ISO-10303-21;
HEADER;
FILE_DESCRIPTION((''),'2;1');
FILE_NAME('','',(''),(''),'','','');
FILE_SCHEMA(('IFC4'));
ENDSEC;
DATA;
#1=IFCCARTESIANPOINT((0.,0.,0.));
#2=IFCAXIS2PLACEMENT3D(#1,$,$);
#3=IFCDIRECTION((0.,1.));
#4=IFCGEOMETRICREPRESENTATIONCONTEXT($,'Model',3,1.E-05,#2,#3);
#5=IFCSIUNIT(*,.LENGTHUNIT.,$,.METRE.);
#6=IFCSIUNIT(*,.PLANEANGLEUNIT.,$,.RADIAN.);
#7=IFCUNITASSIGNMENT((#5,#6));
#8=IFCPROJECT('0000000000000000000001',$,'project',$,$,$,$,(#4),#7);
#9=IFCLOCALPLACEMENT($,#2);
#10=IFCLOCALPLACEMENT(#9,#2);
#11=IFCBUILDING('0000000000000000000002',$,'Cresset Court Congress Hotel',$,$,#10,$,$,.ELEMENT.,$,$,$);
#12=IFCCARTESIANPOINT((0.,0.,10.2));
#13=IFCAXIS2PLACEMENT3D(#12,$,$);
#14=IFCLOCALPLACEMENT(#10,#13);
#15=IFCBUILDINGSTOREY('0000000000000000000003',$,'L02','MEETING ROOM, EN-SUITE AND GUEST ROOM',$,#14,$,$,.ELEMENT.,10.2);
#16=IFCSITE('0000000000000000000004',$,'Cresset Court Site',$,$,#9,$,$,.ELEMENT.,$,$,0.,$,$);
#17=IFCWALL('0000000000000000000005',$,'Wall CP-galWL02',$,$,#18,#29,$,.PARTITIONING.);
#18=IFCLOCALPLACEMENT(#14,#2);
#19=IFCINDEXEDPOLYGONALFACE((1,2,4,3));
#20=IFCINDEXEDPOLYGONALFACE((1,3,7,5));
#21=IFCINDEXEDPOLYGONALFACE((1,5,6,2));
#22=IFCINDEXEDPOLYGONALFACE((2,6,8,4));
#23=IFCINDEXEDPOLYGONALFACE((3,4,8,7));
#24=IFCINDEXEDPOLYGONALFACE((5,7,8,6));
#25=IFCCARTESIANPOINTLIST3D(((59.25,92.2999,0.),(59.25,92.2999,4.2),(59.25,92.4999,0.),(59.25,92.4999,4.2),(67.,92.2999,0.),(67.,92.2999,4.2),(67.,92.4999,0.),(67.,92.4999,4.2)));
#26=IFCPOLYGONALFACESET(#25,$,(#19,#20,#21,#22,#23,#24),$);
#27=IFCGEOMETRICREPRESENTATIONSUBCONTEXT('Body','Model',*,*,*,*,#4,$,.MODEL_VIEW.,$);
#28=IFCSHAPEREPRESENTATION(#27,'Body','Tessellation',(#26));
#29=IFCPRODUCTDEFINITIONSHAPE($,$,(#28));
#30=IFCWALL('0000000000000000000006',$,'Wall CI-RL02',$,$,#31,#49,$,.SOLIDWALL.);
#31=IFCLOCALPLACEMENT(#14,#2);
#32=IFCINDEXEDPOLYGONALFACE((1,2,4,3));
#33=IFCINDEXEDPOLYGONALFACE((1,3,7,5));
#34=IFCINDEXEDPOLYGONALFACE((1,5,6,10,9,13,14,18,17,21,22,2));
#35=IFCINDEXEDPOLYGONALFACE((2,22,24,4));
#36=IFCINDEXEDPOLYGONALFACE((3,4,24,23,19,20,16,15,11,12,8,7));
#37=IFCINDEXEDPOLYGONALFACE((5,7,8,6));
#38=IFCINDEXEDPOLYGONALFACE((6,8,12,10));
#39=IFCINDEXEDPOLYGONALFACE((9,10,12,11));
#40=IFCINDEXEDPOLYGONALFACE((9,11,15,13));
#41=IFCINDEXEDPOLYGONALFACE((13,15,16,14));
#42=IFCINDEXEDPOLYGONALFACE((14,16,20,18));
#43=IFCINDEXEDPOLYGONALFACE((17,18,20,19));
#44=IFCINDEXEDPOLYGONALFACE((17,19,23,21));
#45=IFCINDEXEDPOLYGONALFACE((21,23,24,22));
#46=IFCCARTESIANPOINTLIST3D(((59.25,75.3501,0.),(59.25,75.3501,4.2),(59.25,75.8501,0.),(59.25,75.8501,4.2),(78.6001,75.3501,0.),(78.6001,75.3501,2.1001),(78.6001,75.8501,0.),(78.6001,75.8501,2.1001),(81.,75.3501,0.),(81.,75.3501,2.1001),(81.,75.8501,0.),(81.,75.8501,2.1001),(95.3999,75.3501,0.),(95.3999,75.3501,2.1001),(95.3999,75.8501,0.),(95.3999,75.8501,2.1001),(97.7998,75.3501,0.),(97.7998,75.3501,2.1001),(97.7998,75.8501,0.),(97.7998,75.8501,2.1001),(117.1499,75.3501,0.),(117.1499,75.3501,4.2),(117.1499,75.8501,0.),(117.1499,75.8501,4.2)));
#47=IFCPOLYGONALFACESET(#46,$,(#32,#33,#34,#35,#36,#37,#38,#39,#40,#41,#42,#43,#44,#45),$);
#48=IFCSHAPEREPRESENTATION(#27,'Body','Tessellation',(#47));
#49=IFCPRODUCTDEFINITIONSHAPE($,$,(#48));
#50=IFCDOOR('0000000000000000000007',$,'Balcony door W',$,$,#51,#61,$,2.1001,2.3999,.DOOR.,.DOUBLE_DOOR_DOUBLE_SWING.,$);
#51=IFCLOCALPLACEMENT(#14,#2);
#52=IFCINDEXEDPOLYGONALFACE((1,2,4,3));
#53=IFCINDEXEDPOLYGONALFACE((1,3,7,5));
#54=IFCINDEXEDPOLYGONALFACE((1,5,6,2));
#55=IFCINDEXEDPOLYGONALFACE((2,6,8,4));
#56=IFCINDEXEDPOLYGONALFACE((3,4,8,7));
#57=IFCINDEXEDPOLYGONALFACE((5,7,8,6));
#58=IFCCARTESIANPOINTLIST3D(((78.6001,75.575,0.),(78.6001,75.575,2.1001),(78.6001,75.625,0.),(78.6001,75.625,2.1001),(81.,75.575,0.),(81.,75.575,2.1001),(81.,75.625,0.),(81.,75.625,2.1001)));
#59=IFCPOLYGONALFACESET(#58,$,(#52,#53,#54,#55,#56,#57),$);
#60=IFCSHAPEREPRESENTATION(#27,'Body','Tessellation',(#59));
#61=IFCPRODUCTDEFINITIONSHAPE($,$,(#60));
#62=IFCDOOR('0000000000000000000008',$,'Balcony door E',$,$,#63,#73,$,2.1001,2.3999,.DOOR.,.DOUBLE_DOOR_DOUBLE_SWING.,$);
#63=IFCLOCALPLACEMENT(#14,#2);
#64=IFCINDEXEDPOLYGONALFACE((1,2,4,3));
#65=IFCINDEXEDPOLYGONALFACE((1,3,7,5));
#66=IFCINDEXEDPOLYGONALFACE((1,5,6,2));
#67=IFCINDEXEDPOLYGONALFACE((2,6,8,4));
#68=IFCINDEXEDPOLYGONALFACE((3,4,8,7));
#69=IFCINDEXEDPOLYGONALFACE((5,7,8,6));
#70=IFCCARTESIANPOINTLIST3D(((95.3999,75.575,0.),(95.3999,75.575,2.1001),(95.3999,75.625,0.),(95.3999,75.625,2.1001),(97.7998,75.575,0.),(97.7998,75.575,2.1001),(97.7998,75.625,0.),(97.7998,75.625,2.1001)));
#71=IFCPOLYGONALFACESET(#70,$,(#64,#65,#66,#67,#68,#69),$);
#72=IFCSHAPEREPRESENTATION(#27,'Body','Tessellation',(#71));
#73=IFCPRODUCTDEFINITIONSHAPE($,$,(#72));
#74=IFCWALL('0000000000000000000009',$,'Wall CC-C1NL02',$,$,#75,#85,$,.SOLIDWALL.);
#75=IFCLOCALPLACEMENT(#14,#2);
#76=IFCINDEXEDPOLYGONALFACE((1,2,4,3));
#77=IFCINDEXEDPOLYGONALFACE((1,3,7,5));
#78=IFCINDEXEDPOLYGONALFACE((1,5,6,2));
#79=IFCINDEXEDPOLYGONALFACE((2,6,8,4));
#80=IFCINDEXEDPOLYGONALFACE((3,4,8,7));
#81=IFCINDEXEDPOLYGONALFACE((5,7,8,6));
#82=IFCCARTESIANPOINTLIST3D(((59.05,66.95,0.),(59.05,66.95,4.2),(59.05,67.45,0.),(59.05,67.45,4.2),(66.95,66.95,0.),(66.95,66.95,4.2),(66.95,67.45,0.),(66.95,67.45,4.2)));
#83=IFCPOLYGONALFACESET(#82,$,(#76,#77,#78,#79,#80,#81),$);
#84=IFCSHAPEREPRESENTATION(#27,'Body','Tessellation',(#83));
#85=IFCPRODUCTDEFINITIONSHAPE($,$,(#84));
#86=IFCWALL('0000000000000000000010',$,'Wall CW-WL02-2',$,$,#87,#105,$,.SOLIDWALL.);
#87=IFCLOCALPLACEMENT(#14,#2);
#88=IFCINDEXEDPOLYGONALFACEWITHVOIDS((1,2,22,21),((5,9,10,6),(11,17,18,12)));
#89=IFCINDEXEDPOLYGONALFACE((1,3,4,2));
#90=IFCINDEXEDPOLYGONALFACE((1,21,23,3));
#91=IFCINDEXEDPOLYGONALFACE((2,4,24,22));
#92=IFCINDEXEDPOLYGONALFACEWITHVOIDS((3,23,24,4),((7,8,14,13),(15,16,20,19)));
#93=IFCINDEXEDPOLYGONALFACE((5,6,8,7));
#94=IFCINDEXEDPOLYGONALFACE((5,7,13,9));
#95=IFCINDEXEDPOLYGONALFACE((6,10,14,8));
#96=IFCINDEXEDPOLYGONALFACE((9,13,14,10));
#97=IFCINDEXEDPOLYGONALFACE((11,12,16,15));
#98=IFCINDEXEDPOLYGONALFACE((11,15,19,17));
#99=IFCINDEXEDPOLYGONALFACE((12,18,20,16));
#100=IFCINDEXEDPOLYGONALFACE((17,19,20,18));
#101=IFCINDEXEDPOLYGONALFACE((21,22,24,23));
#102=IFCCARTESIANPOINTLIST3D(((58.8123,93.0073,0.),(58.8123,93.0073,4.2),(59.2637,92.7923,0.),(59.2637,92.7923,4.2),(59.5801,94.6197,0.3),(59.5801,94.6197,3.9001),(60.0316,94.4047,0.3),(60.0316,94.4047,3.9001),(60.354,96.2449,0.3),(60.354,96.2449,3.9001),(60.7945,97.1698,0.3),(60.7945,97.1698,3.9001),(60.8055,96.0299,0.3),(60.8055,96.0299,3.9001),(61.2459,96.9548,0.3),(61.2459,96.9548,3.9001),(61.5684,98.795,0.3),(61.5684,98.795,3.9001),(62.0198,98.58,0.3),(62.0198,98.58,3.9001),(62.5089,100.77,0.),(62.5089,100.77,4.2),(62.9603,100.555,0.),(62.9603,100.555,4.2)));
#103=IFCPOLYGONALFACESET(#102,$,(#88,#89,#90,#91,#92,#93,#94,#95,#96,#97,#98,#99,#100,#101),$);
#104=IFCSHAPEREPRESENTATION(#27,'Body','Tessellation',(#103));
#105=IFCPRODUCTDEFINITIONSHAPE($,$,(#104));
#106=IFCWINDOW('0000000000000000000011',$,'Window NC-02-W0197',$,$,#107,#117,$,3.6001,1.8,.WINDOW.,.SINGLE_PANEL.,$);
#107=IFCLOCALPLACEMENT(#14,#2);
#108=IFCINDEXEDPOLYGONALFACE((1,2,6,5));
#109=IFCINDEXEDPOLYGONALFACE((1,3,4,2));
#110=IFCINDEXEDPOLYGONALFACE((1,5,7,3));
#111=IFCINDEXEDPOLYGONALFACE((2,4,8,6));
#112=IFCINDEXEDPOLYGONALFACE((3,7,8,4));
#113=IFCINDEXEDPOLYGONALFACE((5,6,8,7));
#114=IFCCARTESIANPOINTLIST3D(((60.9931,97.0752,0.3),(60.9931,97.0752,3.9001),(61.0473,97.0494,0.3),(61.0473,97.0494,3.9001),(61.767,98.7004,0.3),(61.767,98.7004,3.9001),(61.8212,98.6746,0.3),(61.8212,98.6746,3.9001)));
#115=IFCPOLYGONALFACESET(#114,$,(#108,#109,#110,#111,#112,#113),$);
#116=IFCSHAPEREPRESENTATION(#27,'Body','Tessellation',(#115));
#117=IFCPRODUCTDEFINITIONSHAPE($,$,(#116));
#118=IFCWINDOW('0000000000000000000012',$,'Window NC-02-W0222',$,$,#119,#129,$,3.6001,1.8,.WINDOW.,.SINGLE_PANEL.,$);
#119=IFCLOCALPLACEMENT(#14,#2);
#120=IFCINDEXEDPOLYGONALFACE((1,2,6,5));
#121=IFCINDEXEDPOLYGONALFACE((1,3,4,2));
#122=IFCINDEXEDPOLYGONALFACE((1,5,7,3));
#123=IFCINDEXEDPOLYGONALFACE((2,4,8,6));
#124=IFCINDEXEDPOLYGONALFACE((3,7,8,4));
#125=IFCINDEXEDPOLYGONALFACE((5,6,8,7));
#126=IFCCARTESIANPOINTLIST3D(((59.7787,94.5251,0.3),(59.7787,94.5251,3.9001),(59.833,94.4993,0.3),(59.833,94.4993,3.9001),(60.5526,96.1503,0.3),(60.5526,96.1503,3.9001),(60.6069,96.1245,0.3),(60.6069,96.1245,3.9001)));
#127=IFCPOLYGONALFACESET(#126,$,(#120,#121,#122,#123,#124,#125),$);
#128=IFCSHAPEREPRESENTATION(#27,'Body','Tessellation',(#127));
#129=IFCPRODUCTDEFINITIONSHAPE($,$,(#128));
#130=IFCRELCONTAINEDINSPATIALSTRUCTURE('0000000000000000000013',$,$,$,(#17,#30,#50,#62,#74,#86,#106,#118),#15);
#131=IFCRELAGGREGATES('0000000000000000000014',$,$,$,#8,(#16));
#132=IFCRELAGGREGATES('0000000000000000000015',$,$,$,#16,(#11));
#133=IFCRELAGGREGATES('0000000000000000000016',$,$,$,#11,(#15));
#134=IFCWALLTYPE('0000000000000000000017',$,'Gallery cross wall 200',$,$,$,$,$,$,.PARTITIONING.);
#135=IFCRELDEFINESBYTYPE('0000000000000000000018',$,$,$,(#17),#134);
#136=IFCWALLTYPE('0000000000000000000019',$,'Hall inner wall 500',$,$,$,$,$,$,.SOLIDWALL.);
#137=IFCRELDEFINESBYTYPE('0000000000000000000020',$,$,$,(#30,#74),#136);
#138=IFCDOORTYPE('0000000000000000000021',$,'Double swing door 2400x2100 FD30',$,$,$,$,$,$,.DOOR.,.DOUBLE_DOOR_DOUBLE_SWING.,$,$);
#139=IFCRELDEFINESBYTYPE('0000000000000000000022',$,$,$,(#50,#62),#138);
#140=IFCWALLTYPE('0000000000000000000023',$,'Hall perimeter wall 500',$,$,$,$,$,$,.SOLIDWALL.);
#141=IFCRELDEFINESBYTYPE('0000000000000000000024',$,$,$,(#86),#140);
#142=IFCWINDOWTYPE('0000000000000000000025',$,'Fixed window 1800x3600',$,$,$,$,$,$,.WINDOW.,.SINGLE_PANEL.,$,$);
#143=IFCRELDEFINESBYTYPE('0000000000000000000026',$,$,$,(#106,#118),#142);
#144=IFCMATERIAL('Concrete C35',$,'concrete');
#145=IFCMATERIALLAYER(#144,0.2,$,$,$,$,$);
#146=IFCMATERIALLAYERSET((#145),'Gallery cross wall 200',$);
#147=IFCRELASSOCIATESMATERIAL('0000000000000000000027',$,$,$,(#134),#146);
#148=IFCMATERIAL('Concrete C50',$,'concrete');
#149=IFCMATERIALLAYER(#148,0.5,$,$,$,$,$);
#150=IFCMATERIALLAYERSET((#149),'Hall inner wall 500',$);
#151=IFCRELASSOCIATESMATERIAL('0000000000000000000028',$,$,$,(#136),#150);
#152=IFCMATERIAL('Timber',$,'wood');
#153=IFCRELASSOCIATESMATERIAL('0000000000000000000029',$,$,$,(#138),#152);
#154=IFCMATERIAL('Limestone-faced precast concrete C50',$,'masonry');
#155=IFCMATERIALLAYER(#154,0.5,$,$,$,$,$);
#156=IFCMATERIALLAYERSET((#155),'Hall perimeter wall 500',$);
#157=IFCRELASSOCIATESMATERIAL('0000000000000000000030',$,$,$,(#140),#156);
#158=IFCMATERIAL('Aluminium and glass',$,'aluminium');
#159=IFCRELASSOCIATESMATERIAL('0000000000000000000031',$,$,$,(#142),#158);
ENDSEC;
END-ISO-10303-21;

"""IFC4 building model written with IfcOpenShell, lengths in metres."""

from ifc_helpers import new_model, si_unit, direction, frame, frame_2d, origin, place, context, subcontext, project, spatial, rectangle, extrude, material, layer, layer_set, type_object, element, fill, save


model = new_model("IFC4")

# Units and contexts
model_context = context("Model", 3, precision=1e-05, world=origin(), true_north=direction((0.0, 1.0)))
body_context = subcontext(model_context, "Body", "Model", "MODEL_VIEW")
ifc_project = project(units=[si_unit("LENGTHUNIT", "METRE"), si_unit("PLANEANGLEUNIT", "RADIAN")], contexts=[model_context])

# Site, building, storey
site_placement = place(None, origin())
site = spatial("IfcSite", under=ifc_project, at=site_placement, Name="Cresset Court Site", CompositionType="ELEMENT", RefElevation=0.0)
building_placement = place(site_placement, origin())
building = spatial("IfcBuilding", under=site, at=building_placement, Name="Cresset Court Congress Hotel", CompositionType="ELEMENT")
storey_placement = place(building_placement, frame((0.0, 0.0, 10.2)))
storey = spatial("IfcBuildingStorey", under=building, at=storey_placement, Name="L02", Description="MEETING ROOM, EN-SUITE AND GUEST ROOM", CompositionType="ELEMENT", Elevation=10.2)

# Wall
ifc_material_1 = material(Name="Concrete C35", Category="concrete")
ifc_layer_1 = layer(ifc_material_1, 0.2)
ifc_layer_set_1 = layer_set([ifc_layer_1], Name="Gallery cross wall 200")
wall_type_1 = type_object("IfcWallType", Name="Gallery cross wall 200", PredefinedType="PARTITIONING", material=ifc_layer_set_1)
wall_1_placement = place(storey_placement, frame((59.25, 92.3999, 0.0), z_axis=(0.0, 0.0, 1.0), x_axis=(1.0, 0.0, 0.0)))
element("IfcWall", 1, at=wall_1_placement, inside=storey, type_object=wall_type_1, Name="Wall CP-galWL02", PredefinedType="PARTITIONING", context=body_context, shape_type="SweptSolid", body=[
    extrude(rectangle(XDim=7.75, YDim=0.2, at=frame_2d((3.875, 0.0))), origin(), (0.0, 0.0, 1.0), 4.2),
])

# Wall, openings, doors
ifc_material_2 = material(Name="Concrete C50", Category="concrete")
ifc_layer_2 = layer(ifc_material_2, 0.5)
ifc_layer_set_2 = layer_set([ifc_layer_2], Name="Hall inner wall 500")
wall_type_2 = type_object("IfcWallType", Name="Hall inner wall 500", PredefinedType="SOLIDWALL", material=ifc_layer_set_2)
wall_2_placement = place(storey_placement, frame((59.25, 75.6001, 0.0), z_axis=(0.0, 0.0, 1.0), x_axis=(1.0, 0.0, 0.0)))
wall_2 = element("IfcWall", 2, at=wall_2_placement, inside=storey, type_object=wall_type_2, Name="Wall CI-RL02", PredefinedType="SOLIDWALL", context=body_context, shape_type="SweptSolid", body=[
    extrude(rectangle(XDim=57.8999, YDim=0.5, at=frame_2d((28.95, 0.0))), origin(), (0.0, 0.0, 1.0), 4.2),
])
opening_1_placement = place(wall_2_placement, frame((19.3501, 0.0, 0.0)))
opening_1 = element("IfcOpeningElement", 3, at=opening_1_placement, cuts=wall_2, PredefinedType="OPENING", context=body_context, shape_type="SweptSolid", body=[
    extrude(rectangle(XDim=2.3999, YDim=2.1001, at=frame_2d((1.2, 1.05))), frame((0.0, 0.26, 0.0), z_axis=(0.0, -1.0, 0.0), x_axis=(1.0, 0.0, 0.0)), (0.0, 0.0, 1.0), 0.52),
])
opening_2_placement = place(wall_2_placement, frame((36.1499, 0.0, 0.0)))
opening_2 = element("IfcOpeningElement", 4, at=opening_2_placement, cuts=wall_2, PredefinedType="OPENING", context=body_context, shape_type="SweptSolid", body=[
    extrude(rectangle(XDim=2.3999, YDim=2.1001, at=frame_2d((1.2, 1.05))), frame((0.0, 0.26, 0.0), z_axis=(0.0, -1.0, 0.0), x_axis=(1.0, 0.0, 0.0)), (0.0, 0.0, 1.0), 0.52),
])
ifc_material_3 = material(Name="Timber", Category="wood")
door_type = type_object("IfcDoorType", Name="Double swing door 2400x2100 FD30", OperationType="DOUBLE_DOOR_DOUBLE_SWING", PredefinedType="DOOR", material=ifc_material_3)
door_1_placement = place(opening_1_placement, origin())
door_1 = element("IfcDoor", 5, at=door_1_placement, inside=storey, type_object=door_type, Name="Balcony door W", OperationType="DOUBLE_DOOR_DOUBLE_SWING", OverallHeight=2.1001, OverallWidth=2.3999, PredefinedType="DOOR", context=body_context, shape_type="SweptSolid", body=[
    extrude(rectangle(XDim=2.3999, YDim=2.1001, at=frame_2d((1.2, 1.05))), frame((0.0, 0.0249, 0.0), z_axis=(0.0, -1.0, 0.0), x_axis=(1.0, 0.0, 0.0)), (0.0, 0.0, 1.0), 0.05),
])
fill(opening_1, door_1)
door_2_placement = place(opening_2_placement, origin())
door_2 = element("IfcDoor", 6, at=door_2_placement, inside=storey, type_object=door_type, Name="Balcony door E", OperationType="DOUBLE_DOOR_DOUBLE_SWING", OverallHeight=2.1001, OverallWidth=2.3999, PredefinedType="DOOR", context=body_context, shape_type="SweptSolid", body=[
    extrude(rectangle(XDim=2.3999, YDim=2.1001, at=frame_2d((1.2, 1.05))), frame((0.0, 0.0249, 0.0), z_axis=(0.0, -1.0, 0.0), x_axis=(1.0, 0.0, 0.0)), (0.0, 0.0, 1.0), 0.05),
])
fill(opening_2, door_2)

# Wall
wall_3_placement = place(storey_placement, frame((59.05, 67.2, 0.0), z_axis=(0.0, 0.0, 1.0), x_axis=(1.0, 0.0, 0.0)))
element("IfcWall", 7, at=wall_3_placement, inside=storey, type_object=wall_type_2, Name="Wall CC-C1NL02", PredefinedType="SOLIDWALL", context=body_context, shape_type="SweptSolid", body=[
    extrude(rectangle(XDim=7.8999, YDim=0.5, at=frame_2d((3.95, 0.0))), origin(), (0.0, 0.0, 1.0), 4.2),
])

# Wall, openings, windows
ifc_material_4 = material(Name="Limestone-faced precast concrete C50", Category="masonry")
ifc_layer_3 = layer(ifc_material_4, 0.5)
ifc_layer_set_3 = layer_set([ifc_layer_3], Name="Hall perimeter wall 500")
wall_type_3 = type_object("IfcWallType", Name="Hall perimeter wall 500", PredefinedType="SOLIDWALL", material=ifc_layer_set_3)
wall_4_placement = place(storey_placement, frame((59.0381, 92.8999, 0.0), z_axis=(0.0, 0.0, 1.0), x_axis=(0.429935, 0.90286, 0.0)))
wall_4 = element("IfcWall", 8, at=wall_4_placement, inside=storey, type_object=wall_type_3, Name="Wall CW-WL02-2", PredefinedType="SOLIDWALL", context=body_context, shape_type="SweptSolid", body=[
    extrude(rectangle(XDim=8.5979, YDim=0.5, at=frame_2d((4.2988, 0.0))), origin(), (0.0, 0.0, 1.0), 4.2),
])
opening_3_placement = place(wall_4_placement, frame((4.6104, 0.0, 0.3)))
opening_3 = element("IfcOpeningElement", 9, at=opening_3_placement, cuts=wall_4, PredefinedType="OPENING", context=body_context, shape_type="SweptSolid", body=[
    extrude(rectangle(XDim=1.8, YDim=3.6001, at=frame_2d((0.8999, 1.8))), frame((0.0, 0.26, 0.0), z_axis=(0.0, -1.0, 0.0), x_axis=(1.0, 0.0, 0.0)), (0.0, 0.0, 1.0), 0.52),
])
opening_4_placement = place(wall_4_placement, frame((1.7859, 0.0, 0.3)))
opening_4 = element("IfcOpeningElement", 10, at=opening_4_placement, cuts=wall_4, PredefinedType="OPENING", context=body_context, shape_type="SweptSolid", body=[
    extrude(rectangle(XDim=1.8, YDim=3.6001, at=frame_2d((0.8999, 1.8))), frame((0.0, 0.26, 0.0), z_axis=(0.0, -1.0, 0.0), x_axis=(1.0, 0.0, 0.0)), (0.0, 0.0, 1.0), 0.52),
])
ifc_material_5 = material(Name="Aluminium and glass", Category="aluminium")
window_type = type_object("IfcWindowType", Name="Fixed window 1800x3600", PartitioningType="SINGLE_PANEL", PredefinedType="WINDOW", material=ifc_material_5)
window_1_placement = place(opening_3_placement, origin())
window_1 = element("IfcWindow", 11, at=window_1_placement, inside=storey, type_object=window_type, Name="Window NC-02-W0197", OverallHeight=3.6001, OverallWidth=1.8, PartitioningType="SINGLE_PANEL", PredefinedType="WINDOW", context=body_context, shape_type="SweptSolid", body=[
    extrude(rectangle(XDim=1.8, YDim=3.6001, at=frame_2d((0.8999, 1.8))), frame((0.0, 0.03, 0.0), z_axis=(0.0, -1.0, 0.0), x_axis=(1.0, 0.0, 0.0)), (0.0, 0.0, 1.0), 0.0601),
])
fill(opening_3, window_1)
window_2_placement = place(opening_4_placement, origin())
window_2 = element("IfcWindow", 12, at=window_2_placement, inside=storey, type_object=window_type, Name="Window NC-02-W0222", OverallHeight=3.6001, OverallWidth=1.8, PartitioningType="SINGLE_PANEL", PredefinedType="WINDOW", context=body_context, shape_type="SweptSolid", body=[
    extrude(rectangle(XDim=1.8, YDim=3.6001, at=frame_2d((0.8999, 1.8))), frame((0.0, 0.03, 0.0), z_axis=(0.0, -1.0, 0.0), x_axis=(1.0, 0.0, 0.0)), (0.0, 0.0, 1.0), 0.0601),
])
fill(opening_4, window_2)

save(model, "model.ifc")
